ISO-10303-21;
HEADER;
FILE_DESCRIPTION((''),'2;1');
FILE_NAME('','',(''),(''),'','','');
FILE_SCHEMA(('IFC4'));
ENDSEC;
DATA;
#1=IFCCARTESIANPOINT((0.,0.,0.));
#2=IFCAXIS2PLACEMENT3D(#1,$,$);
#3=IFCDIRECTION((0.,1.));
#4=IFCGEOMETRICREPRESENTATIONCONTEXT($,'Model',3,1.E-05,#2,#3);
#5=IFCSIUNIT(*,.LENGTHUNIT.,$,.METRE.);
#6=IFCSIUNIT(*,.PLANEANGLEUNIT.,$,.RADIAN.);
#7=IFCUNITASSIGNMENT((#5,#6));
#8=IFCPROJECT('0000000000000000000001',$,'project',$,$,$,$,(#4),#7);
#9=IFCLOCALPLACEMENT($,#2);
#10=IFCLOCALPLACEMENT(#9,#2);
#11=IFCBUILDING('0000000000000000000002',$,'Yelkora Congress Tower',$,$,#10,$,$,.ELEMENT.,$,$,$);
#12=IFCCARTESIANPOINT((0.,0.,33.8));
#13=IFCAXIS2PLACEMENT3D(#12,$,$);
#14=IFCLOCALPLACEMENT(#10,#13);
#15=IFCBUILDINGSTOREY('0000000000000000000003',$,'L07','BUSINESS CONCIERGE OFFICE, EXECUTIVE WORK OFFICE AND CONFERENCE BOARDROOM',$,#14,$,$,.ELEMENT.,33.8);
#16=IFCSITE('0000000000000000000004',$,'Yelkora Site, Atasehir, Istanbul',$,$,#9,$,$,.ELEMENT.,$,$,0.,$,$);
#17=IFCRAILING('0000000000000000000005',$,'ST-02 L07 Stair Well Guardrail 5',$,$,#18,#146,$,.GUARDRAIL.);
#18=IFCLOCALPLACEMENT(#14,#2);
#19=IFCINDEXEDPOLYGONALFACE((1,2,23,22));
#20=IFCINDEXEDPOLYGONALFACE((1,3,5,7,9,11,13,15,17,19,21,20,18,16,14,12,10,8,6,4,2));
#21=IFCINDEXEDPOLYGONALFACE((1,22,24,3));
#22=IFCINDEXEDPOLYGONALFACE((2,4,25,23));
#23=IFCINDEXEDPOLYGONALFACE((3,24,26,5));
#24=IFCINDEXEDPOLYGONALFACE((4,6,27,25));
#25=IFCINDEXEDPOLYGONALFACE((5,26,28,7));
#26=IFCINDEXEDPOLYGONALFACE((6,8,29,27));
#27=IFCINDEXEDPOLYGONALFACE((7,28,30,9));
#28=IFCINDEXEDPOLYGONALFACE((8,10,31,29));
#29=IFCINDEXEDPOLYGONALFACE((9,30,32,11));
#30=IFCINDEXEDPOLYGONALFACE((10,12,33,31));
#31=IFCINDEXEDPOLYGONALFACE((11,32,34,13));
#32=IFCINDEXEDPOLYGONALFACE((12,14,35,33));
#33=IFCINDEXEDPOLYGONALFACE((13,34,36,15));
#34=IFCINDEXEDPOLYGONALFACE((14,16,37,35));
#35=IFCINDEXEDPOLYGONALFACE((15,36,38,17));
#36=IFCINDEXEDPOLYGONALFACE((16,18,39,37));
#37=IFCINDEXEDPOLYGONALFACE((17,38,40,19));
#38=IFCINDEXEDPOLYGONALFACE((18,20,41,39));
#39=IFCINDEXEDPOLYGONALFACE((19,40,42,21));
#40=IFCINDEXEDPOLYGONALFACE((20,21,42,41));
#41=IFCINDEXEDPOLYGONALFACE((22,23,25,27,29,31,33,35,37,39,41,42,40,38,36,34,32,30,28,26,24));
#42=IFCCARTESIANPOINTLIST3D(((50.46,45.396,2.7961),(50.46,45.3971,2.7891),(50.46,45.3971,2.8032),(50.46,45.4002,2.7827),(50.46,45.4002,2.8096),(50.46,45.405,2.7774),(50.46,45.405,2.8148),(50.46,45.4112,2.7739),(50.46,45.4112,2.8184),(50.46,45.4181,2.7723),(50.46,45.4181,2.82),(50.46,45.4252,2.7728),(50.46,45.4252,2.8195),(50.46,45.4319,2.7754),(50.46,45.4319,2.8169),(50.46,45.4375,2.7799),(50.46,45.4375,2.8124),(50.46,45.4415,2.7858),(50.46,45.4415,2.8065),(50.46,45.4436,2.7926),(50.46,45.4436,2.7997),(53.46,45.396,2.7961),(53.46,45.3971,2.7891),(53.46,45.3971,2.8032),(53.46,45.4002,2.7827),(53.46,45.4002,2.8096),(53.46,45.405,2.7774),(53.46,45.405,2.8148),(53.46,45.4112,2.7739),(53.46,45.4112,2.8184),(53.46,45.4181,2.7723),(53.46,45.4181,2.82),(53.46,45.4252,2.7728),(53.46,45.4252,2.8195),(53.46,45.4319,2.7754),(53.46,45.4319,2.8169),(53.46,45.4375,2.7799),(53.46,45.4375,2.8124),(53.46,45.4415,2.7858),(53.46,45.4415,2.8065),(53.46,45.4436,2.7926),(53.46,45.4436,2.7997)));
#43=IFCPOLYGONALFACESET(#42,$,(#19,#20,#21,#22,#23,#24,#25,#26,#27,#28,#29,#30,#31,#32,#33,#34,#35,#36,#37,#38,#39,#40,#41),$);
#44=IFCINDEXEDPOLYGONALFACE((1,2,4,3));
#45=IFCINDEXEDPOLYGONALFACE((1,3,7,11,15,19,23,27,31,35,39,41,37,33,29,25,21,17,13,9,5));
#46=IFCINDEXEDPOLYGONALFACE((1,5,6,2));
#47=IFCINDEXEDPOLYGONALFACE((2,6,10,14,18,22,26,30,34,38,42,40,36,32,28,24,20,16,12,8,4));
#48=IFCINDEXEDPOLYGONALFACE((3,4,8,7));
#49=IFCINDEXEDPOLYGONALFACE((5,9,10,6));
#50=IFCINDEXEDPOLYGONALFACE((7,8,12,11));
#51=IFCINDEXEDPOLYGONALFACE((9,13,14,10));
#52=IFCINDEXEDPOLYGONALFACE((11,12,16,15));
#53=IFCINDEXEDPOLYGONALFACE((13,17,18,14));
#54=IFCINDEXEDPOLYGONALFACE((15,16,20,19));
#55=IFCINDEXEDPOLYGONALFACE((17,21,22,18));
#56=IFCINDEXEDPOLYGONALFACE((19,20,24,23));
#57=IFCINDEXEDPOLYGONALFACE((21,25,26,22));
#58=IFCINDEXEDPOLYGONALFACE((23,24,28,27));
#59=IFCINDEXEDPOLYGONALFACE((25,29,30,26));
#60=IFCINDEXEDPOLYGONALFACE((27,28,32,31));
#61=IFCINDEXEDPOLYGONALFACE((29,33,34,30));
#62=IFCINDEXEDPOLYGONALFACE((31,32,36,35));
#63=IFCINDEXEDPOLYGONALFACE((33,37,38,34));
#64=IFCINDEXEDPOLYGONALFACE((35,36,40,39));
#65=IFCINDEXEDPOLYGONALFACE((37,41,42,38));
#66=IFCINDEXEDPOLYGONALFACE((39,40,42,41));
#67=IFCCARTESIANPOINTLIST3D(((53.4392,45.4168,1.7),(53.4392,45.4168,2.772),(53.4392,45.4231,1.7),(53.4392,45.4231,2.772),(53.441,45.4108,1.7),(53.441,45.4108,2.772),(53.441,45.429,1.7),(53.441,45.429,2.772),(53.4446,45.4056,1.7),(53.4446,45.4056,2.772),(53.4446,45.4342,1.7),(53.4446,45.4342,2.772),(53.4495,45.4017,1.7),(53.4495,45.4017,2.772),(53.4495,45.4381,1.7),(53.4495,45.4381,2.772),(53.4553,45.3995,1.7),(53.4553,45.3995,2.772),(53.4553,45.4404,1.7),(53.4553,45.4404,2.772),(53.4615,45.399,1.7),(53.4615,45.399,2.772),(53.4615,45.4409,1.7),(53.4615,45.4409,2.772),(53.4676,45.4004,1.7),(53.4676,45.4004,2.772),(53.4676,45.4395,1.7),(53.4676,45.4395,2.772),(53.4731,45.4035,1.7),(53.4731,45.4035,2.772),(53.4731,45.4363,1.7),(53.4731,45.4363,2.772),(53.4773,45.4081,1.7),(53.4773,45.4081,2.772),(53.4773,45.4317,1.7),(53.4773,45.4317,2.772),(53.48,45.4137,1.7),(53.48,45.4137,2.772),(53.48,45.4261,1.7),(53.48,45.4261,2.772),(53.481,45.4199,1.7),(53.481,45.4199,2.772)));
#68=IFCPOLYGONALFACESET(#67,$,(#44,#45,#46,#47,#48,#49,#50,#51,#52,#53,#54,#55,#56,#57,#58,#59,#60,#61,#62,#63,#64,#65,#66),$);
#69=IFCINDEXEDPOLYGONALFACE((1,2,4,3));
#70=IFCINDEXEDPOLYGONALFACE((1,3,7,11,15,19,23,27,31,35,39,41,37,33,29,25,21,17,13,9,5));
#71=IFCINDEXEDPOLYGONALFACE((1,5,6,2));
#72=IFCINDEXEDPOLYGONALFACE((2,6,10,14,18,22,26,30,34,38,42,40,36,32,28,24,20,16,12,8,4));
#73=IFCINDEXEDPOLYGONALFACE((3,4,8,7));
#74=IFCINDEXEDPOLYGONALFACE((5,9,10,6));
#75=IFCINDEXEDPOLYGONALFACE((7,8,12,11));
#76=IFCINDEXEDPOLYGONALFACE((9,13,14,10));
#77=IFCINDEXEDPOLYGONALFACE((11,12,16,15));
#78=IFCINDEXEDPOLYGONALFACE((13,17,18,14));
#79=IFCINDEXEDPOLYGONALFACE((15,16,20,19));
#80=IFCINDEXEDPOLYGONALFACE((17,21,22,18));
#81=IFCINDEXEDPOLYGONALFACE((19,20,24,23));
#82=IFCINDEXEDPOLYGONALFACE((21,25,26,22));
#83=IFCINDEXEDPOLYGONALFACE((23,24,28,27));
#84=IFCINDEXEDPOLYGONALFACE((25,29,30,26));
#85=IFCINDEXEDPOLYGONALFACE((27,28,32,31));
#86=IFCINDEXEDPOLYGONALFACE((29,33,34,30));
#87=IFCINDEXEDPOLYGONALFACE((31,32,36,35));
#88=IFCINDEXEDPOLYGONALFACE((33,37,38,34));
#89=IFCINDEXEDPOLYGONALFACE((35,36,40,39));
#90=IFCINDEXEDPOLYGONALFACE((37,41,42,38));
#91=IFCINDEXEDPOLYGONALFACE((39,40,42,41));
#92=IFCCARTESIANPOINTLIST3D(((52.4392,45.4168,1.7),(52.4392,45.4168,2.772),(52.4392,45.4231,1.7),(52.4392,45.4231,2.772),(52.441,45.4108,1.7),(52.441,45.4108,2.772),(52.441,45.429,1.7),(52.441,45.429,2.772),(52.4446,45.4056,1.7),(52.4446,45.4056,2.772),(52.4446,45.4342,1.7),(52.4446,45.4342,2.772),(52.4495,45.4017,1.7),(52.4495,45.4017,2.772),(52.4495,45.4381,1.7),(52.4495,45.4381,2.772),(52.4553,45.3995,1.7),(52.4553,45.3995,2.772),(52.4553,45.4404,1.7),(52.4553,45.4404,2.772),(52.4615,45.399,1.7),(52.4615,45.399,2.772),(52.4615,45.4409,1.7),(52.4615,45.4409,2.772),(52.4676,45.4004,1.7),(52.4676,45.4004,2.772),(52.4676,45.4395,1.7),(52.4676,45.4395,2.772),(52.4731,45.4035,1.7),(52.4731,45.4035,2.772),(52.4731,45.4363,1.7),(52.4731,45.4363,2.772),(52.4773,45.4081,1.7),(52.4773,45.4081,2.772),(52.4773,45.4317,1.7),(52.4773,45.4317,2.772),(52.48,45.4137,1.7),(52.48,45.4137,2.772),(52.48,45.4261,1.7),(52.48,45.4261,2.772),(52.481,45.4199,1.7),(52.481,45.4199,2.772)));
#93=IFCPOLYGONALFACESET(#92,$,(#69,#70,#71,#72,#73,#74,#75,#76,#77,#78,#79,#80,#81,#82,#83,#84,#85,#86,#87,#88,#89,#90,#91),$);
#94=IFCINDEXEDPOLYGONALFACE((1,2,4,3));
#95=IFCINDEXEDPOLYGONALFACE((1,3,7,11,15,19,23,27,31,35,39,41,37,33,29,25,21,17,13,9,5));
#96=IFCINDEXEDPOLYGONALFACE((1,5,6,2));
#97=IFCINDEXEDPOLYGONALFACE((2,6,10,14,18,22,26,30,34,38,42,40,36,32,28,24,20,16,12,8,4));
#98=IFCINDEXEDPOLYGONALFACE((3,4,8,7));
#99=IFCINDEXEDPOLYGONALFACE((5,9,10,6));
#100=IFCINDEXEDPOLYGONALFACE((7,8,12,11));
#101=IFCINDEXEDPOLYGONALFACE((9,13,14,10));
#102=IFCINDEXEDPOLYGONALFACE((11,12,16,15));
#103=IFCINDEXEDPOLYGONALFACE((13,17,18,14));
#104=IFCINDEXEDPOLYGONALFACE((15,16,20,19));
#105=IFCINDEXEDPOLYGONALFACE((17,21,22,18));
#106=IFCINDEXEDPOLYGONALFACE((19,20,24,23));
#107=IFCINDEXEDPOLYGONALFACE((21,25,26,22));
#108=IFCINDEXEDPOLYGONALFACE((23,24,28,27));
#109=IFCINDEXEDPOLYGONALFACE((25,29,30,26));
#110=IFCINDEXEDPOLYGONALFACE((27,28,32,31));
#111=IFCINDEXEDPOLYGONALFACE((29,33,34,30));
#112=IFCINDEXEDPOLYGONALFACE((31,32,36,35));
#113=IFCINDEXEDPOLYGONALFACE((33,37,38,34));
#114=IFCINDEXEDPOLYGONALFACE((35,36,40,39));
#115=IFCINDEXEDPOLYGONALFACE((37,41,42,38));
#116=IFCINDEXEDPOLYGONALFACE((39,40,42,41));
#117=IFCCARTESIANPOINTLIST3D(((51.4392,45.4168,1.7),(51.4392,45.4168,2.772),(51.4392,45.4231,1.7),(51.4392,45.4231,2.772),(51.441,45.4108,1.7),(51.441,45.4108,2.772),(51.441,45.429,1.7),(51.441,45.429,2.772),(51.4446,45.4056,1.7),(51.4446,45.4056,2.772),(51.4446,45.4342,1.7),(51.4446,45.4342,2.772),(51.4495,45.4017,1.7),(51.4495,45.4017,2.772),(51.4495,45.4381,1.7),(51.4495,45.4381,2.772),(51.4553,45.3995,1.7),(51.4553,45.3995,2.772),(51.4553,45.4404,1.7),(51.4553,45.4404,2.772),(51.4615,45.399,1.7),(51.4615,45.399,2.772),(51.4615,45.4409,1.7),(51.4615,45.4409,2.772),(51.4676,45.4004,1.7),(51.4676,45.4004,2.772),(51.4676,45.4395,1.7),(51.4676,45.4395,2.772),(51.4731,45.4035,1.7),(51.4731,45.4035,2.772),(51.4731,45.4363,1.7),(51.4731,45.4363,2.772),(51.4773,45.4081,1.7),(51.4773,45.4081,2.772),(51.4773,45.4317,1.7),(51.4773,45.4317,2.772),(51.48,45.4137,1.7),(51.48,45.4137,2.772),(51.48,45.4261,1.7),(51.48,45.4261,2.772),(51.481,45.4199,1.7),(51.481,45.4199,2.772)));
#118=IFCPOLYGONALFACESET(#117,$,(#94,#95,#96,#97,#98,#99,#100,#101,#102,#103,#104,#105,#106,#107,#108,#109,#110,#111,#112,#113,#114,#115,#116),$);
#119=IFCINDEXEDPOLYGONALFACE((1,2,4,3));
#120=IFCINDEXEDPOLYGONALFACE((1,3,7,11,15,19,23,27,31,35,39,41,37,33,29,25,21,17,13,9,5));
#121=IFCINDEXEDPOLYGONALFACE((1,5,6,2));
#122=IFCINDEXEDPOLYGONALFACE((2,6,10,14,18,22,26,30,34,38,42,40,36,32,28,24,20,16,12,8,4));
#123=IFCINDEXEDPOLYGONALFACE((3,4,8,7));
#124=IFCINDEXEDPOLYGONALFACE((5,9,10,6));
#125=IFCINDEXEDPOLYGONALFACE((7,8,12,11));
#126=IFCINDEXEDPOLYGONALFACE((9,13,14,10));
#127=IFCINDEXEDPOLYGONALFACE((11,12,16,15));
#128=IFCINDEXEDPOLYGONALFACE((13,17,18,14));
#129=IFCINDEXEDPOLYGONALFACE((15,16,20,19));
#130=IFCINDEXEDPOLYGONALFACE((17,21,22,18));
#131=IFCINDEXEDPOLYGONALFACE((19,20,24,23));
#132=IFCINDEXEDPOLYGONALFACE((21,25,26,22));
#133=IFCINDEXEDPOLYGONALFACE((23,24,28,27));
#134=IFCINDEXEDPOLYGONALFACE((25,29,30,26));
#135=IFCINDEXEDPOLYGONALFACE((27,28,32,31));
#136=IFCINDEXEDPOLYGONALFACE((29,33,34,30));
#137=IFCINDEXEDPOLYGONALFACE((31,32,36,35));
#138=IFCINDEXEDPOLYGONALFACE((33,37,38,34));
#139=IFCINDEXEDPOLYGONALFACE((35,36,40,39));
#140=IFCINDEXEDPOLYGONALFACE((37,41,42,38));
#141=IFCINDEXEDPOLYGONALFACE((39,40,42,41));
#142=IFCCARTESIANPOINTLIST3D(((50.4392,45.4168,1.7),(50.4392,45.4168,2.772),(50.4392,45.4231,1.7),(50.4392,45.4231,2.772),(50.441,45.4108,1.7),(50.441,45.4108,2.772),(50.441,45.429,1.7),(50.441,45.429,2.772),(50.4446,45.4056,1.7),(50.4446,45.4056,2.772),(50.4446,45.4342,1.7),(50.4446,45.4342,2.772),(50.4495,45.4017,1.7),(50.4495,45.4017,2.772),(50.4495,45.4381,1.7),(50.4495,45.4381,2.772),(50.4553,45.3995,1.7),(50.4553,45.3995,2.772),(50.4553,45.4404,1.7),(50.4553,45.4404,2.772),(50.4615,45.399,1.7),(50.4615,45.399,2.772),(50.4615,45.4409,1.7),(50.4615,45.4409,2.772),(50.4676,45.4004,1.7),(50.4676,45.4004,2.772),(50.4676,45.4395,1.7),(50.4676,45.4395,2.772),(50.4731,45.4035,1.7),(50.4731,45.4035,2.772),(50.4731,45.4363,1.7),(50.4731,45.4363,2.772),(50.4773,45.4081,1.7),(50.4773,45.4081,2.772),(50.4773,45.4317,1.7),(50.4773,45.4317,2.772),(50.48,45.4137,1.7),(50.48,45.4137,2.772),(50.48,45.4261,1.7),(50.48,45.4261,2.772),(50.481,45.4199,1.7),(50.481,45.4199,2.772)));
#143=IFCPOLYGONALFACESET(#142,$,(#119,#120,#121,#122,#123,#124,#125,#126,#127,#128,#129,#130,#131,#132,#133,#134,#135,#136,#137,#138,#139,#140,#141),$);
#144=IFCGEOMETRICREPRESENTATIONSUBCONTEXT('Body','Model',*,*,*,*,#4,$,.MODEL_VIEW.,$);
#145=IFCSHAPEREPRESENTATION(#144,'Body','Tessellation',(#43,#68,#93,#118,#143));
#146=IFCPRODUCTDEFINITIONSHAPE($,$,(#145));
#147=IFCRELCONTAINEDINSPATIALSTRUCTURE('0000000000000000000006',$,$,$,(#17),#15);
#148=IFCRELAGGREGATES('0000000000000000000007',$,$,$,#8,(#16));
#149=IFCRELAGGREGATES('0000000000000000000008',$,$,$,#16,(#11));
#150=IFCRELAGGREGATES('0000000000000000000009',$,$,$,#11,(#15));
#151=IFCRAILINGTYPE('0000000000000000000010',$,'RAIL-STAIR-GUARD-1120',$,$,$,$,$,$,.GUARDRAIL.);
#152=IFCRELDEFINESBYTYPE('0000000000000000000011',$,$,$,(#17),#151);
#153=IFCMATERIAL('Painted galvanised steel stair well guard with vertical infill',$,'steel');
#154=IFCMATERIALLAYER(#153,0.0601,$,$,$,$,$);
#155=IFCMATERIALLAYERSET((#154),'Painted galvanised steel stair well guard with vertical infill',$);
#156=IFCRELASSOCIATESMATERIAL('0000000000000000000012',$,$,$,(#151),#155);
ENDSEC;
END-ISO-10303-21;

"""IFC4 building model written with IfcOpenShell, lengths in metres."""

from ifc_helpers import new_model, si_unit, direction, frame, origin, origin_2d, place, context, subcontext, project, spatial, circle, extrude, material, layer, layer_set, type_object, element, save


model = new_model("IFC4")

# Units and contexts
model_context = context("Model", 3, precision=1e-05, world=origin(), true_north=direction((0.0, 1.0)))
body_context = subcontext(model_context, "Body", "Model", "MODEL_VIEW")
ifc_project = project(units=[si_unit("LENGTHUNIT", "METRE"), si_unit("PLANEANGLEUNIT", "RADIAN")], contexts=[model_context])

# Site, building, storey
site_placement = place(None, origin())
site = spatial("IfcSite", under=ifc_project, at=site_placement, Name="Yelkora Site, Atasehir, Istanbul", CompositionType="ELEMENT", RefElevation=0.0)
building_placement = place(site_placement, origin())
building = spatial("IfcBuilding", under=site, at=building_placement, Name="Yelkora Congress Tower", CompositionType="ELEMENT")
storey_placement = place(building_placement, frame((0.0, 0.0, 33.8)))
storey = spatial("IfcBuildingStorey", under=building, at=storey_placement, Name="L07", Description="BUSINESS CONCIERGE OFFICE, EXECUTIVE WORK OFFICE AND CONFERENCE BOARDROOM", CompositionType="ELEMENT", Elevation=33.8)

# Railing
ifc_material_1 = material(Name="Painted galvanised steel stair well guard with vertical infill", Category="steel")
ifc_layer_1 = layer(ifc_material_1, 0.0601)
ifc_layer_set_1 = layer_set([ifc_layer_1], Name="Painted galvanised steel stair well guard with vertical infill")
railing_type_1 = type_object("IfcRailingType", Name="RAIL-STAIR-GUARD-1120", PredefinedType="GUARDRAIL", material=ifc_layer_set_1)
railing_1_placement = place(storey_placement, frame((53.46, 45.4199, 1.7)))
element("IfcRailing", 1, at=railing_1_placement, inside=storey, type_object=railing_type_1, Name="ST-02 L07 Stair Well Guardrail 5", PredefinedType="GUARDRAIL", context=body_context, shape_type="SweptSolid", body=[
    extrude(circle(Radius=0.0239, at=origin_2d()), frame((0.0, 0.0, 1.0962), z_axis=(-1.0, 0.0, 0.0), x_axis=(0.0, -1.0, 0.0)), (0.0, 0.0, 1.0), 3.0),
    extrude(circle(Radius=0.021, at=origin_2d()), origin(), (0.0, 0.0, 1.0), 1.072),
    extrude(circle(Radius=0.021, at=origin_2d()), frame((-1.0, 0.0, 0.0)), (0.0, 0.0, 1.0), 1.072),
    extrude(circle(Radius=0.021, at=origin_2d()), frame((-2.0, 0.0, 0.0)), (0.0, 0.0, 1.0), 1.072),
    extrude(circle(Radius=0.021, at=origin_2d()), frame((-3.0, 0.0, 0.0)), (0.0, 0.0, 1.0), 1.072),
])

save(model, "model.ifc")
